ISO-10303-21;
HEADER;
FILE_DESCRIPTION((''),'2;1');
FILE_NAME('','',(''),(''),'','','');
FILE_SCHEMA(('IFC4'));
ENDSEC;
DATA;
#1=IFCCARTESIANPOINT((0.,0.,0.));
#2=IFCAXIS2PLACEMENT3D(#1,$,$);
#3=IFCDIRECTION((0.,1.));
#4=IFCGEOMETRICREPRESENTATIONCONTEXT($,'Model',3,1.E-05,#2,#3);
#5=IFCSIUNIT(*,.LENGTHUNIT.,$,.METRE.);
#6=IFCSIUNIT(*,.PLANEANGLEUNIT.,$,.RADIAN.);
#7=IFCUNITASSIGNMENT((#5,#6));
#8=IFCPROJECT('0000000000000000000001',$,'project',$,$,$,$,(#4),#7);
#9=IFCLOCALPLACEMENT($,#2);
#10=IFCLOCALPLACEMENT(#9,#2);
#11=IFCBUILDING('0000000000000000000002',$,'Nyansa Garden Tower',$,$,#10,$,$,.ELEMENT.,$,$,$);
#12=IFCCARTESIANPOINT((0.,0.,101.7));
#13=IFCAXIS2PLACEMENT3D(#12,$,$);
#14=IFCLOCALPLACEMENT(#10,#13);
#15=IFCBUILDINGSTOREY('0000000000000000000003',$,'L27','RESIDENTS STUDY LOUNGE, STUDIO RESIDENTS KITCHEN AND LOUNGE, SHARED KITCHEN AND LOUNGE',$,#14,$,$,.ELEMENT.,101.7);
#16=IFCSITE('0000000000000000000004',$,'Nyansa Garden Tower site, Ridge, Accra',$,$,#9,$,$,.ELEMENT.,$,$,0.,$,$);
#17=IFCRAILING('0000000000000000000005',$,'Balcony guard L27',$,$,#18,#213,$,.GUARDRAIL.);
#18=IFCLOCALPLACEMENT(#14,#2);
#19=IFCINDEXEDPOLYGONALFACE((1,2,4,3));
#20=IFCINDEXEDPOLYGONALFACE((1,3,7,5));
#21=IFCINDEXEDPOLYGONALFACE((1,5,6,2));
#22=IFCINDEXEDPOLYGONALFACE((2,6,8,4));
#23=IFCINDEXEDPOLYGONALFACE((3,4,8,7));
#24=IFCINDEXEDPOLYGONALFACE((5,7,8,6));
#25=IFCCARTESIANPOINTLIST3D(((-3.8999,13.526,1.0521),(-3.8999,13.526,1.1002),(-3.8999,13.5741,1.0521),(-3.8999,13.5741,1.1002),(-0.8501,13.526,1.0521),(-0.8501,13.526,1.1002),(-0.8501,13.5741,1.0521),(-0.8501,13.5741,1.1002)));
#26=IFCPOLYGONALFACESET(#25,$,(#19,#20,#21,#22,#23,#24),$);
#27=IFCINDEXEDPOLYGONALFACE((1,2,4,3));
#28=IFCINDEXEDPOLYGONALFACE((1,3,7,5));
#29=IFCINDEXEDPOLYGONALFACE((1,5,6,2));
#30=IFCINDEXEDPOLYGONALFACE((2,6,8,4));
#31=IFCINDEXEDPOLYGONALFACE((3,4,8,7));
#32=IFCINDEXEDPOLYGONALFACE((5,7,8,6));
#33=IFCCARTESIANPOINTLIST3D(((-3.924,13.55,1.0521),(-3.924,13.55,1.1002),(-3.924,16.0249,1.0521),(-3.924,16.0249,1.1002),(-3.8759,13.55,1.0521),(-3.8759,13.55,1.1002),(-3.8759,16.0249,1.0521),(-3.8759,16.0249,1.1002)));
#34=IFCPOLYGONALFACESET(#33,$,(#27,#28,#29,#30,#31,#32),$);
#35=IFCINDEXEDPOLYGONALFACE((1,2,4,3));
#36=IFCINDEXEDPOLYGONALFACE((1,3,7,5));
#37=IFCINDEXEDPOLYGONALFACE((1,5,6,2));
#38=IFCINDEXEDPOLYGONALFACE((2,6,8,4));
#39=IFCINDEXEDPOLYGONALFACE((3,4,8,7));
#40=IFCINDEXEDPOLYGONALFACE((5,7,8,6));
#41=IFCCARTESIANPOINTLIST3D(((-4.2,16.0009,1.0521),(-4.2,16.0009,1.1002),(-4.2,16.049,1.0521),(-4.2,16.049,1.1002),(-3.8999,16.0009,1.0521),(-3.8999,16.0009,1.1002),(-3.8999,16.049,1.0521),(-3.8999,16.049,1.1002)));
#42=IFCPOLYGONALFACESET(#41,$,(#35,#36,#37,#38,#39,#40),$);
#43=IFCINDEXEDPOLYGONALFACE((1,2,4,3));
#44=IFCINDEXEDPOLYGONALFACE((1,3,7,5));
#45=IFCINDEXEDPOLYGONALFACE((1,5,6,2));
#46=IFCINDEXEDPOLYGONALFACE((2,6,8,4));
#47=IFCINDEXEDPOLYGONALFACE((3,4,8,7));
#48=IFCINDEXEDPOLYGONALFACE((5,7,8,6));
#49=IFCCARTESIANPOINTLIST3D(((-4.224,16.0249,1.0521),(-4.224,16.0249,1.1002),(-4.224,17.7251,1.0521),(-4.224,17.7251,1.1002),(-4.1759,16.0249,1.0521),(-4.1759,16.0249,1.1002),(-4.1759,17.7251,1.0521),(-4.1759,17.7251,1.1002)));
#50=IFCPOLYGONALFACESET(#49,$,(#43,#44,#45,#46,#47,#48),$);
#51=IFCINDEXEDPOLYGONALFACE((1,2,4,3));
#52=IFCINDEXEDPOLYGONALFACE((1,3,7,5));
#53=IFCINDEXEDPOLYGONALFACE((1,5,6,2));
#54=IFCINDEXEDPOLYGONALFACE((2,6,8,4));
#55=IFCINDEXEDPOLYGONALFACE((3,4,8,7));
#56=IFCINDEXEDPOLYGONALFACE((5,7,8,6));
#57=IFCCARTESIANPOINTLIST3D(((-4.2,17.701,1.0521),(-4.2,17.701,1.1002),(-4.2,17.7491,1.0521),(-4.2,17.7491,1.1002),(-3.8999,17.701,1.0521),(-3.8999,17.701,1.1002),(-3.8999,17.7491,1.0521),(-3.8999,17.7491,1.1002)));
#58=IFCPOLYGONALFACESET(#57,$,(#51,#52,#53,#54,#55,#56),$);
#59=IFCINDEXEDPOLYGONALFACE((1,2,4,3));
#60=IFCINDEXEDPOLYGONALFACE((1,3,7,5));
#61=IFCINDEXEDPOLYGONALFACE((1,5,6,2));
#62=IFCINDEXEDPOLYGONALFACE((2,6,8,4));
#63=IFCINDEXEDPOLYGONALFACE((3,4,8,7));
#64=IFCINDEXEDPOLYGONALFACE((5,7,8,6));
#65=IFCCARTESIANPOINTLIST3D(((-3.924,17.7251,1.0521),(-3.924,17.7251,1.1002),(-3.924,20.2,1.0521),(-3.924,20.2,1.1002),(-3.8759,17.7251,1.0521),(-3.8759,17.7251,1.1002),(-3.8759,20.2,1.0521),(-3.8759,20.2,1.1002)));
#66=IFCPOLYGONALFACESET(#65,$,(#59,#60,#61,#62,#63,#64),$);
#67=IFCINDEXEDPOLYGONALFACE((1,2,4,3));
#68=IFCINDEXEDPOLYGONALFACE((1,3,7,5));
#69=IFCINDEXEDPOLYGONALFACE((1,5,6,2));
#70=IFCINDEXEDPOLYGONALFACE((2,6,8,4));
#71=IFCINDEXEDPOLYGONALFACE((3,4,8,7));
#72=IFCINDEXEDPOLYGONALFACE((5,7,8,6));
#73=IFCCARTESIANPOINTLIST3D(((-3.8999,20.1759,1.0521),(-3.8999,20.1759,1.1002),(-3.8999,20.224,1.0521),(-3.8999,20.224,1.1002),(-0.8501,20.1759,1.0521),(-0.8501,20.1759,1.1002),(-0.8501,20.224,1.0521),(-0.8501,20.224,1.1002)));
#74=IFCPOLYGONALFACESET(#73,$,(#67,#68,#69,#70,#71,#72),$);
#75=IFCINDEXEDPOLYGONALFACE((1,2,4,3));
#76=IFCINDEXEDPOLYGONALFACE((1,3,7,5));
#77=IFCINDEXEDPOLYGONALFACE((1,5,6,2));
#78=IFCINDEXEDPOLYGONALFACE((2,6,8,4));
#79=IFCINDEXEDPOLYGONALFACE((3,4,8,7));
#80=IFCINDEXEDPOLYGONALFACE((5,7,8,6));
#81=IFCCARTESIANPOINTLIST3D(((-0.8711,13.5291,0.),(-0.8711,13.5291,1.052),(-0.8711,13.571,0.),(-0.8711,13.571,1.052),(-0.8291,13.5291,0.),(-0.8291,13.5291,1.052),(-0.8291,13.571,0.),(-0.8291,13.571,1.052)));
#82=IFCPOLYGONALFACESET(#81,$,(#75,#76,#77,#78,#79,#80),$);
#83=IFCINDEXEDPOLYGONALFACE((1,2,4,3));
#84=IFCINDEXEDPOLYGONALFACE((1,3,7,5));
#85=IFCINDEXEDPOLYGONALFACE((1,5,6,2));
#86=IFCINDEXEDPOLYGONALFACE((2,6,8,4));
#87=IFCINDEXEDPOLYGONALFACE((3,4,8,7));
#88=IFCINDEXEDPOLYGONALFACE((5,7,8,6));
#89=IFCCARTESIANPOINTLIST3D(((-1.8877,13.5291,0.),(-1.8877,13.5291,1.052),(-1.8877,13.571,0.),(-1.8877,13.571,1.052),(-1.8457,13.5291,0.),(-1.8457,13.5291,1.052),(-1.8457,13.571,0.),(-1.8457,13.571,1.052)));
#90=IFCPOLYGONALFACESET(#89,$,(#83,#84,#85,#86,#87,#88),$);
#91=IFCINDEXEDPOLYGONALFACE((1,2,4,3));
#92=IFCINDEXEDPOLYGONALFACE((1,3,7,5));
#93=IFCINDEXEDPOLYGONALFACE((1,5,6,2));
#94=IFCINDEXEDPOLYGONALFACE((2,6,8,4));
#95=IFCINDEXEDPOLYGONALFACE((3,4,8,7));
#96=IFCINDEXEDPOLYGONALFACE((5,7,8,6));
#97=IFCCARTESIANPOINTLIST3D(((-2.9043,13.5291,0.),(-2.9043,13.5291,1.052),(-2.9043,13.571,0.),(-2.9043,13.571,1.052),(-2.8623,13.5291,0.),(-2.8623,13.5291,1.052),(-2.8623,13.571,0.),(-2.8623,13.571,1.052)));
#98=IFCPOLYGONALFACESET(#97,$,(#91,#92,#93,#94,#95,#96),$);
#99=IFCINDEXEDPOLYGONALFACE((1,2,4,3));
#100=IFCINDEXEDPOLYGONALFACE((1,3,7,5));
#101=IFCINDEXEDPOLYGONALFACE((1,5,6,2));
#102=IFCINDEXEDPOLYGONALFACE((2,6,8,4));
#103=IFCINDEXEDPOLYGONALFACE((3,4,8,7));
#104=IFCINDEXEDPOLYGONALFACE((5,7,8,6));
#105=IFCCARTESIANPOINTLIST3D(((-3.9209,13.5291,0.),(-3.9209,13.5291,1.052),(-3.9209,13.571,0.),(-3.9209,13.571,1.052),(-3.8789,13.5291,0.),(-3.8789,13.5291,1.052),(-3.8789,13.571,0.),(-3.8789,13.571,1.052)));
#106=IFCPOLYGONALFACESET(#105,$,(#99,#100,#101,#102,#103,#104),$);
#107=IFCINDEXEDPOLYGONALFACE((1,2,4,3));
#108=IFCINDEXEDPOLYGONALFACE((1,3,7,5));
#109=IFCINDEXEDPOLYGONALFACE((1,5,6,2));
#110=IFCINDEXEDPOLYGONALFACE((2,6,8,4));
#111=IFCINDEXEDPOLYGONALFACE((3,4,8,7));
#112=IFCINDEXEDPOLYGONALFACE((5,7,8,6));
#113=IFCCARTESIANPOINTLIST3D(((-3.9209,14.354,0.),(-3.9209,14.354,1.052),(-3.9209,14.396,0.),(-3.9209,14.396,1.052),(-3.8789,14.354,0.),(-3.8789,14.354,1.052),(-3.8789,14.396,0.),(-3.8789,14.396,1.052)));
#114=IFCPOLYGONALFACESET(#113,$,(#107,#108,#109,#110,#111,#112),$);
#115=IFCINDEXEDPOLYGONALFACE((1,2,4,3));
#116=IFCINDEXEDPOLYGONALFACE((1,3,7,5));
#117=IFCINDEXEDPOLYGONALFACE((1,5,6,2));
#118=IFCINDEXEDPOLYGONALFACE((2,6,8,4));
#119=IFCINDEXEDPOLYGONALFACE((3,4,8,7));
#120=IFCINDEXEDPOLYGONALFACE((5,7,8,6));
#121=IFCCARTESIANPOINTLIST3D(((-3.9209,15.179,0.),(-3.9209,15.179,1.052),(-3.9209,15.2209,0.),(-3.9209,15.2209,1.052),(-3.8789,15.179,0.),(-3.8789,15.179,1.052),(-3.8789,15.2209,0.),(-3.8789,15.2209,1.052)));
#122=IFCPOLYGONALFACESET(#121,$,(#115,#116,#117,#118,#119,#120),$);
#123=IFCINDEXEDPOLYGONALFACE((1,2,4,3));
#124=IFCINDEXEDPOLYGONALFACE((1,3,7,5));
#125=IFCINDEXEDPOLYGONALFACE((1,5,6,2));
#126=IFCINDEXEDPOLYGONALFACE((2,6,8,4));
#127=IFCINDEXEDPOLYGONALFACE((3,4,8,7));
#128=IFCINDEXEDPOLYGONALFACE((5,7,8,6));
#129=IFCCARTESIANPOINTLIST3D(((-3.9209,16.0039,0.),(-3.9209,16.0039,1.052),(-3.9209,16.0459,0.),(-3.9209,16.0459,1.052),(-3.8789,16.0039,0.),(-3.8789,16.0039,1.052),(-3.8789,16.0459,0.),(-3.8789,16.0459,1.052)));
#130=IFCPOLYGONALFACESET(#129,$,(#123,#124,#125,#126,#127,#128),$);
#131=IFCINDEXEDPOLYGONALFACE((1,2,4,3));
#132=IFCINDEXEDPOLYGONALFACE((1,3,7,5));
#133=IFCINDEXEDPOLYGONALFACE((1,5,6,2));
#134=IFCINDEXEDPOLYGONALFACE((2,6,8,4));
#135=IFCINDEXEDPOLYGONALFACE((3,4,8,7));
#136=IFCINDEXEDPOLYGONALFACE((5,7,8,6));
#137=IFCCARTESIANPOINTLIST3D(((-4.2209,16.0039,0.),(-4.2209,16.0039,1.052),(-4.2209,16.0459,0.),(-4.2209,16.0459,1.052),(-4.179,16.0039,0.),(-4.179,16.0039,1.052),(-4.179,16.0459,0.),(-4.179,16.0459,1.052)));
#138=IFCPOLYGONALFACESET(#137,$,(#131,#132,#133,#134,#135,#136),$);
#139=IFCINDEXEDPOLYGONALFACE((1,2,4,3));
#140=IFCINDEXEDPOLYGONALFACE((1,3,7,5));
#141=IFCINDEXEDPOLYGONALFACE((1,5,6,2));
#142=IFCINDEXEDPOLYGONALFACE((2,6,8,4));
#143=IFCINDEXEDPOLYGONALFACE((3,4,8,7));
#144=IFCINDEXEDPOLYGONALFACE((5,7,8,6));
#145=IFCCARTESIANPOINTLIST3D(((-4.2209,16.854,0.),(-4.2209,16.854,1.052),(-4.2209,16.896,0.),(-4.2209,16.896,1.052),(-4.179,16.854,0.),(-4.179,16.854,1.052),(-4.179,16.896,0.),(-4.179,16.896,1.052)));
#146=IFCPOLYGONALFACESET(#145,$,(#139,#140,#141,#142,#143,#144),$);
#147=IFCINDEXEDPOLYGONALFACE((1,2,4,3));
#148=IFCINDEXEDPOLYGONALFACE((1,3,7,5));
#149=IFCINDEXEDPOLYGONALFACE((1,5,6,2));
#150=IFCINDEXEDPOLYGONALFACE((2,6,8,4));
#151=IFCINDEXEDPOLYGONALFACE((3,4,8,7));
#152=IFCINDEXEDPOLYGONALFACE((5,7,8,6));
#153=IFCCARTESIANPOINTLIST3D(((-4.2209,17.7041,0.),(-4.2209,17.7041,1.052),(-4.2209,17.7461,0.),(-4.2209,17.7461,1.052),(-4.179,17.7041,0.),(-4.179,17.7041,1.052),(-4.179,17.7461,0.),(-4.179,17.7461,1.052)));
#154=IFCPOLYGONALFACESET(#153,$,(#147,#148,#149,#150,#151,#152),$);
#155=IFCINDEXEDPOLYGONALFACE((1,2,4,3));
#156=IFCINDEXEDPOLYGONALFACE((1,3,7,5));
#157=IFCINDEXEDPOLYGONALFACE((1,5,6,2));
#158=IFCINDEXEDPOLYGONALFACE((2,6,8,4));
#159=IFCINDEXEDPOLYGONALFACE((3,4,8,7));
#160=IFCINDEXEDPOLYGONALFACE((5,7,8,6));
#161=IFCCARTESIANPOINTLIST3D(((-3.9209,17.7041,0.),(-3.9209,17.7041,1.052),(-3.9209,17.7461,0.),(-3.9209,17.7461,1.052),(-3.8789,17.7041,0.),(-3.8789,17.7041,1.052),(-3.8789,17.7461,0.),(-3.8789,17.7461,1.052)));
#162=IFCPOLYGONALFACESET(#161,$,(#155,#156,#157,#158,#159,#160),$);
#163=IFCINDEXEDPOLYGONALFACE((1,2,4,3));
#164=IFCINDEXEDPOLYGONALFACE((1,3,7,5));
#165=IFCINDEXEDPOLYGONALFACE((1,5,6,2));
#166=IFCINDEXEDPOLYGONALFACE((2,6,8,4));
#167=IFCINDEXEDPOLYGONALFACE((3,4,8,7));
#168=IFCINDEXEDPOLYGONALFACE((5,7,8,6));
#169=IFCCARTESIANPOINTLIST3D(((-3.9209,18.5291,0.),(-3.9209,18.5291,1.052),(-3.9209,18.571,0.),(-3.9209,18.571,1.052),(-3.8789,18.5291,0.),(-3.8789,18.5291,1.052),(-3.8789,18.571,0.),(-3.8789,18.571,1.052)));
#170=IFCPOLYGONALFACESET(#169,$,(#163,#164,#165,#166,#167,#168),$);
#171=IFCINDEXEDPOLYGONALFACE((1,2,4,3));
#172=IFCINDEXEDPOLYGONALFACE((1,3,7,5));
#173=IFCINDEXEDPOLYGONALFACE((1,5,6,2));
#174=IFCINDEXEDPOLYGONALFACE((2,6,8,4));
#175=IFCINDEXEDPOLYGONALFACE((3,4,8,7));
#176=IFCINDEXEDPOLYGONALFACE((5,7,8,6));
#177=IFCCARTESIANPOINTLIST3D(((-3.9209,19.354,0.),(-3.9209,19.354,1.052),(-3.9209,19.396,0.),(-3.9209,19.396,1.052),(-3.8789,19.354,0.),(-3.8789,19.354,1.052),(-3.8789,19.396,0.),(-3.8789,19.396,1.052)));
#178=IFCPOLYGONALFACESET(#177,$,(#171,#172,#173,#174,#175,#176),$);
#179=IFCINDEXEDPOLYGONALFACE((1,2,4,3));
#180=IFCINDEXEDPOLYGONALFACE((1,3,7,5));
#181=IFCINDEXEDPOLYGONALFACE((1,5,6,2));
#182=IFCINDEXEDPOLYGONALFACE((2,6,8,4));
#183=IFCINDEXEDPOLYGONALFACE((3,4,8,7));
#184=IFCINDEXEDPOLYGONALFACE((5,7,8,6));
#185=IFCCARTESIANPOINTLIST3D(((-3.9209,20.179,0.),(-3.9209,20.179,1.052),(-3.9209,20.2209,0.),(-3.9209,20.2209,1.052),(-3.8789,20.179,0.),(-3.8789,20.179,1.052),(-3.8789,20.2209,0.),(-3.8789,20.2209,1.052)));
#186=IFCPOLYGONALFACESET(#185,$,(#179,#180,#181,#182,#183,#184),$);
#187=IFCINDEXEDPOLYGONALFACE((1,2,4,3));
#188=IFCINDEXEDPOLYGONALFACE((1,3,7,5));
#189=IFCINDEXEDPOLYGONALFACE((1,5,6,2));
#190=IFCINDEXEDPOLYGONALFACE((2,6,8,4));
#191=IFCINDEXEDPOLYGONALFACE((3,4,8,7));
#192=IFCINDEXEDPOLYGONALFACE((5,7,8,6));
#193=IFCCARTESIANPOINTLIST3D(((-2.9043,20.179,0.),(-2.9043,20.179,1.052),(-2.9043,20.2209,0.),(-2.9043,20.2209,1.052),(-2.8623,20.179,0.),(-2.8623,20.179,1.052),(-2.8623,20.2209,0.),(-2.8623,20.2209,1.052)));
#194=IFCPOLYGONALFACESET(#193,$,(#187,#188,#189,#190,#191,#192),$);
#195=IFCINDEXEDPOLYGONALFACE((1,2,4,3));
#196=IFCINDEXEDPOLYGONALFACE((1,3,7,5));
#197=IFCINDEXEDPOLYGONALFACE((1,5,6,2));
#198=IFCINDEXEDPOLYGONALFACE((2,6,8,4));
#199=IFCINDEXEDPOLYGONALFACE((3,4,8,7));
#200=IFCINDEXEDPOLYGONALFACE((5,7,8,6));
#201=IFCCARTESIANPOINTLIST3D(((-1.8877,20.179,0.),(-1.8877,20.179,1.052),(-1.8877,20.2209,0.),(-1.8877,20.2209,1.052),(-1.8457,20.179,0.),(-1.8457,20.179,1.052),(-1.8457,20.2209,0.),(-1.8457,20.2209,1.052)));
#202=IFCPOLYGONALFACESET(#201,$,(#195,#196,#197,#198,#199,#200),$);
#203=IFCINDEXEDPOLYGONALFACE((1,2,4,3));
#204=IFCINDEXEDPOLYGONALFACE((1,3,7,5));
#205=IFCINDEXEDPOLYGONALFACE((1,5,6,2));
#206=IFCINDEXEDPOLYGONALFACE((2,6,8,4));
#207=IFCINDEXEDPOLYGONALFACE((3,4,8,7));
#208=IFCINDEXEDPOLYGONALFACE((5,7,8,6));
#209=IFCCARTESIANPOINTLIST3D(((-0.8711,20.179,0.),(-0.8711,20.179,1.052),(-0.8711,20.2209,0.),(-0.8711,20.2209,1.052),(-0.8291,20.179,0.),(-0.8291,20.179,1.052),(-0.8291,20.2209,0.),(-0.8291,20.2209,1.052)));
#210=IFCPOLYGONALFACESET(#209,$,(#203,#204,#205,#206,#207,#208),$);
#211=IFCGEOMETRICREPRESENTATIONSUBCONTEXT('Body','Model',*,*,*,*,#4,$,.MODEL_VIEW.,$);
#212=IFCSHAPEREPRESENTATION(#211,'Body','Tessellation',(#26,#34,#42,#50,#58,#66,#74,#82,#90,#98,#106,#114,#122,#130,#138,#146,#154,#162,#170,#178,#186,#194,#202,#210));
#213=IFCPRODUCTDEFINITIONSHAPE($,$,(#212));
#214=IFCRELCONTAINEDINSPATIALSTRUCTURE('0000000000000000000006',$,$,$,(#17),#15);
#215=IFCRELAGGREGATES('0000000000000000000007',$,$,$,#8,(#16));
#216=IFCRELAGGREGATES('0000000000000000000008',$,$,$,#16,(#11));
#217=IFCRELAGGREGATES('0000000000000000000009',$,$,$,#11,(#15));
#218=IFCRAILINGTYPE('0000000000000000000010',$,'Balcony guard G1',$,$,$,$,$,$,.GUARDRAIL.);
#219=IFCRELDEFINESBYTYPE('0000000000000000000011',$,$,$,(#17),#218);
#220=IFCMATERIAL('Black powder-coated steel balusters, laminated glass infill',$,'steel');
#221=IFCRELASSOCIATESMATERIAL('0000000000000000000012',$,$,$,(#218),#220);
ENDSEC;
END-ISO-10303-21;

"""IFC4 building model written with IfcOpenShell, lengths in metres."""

from ifc_helpers import new_model, si_unit, direction, frame, origin, origin_2d, place, context, subcontext, project, spatial, rectangle, extrude, material, type_object, element, save


model = new_model("IFC4")

# Units and contexts
model_context = context("Model", 3, precision=1e-05, world=origin(), true_north=direction((0.0, 1.0)))
body_context = subcontext(model_context, "Body", "Model", "MODEL_VIEW")
ifc_project = project(units=[si_unit("LENGTHUNIT", "METRE"), si_unit("PLANEANGLEUNIT", "RADIAN")], contexts=[model_context])

# Site, building, storey
site_placement = place(None, origin())
site = spatial("IfcSite", under=ifc_project, at=site_placement, Name="Nyansa Garden Tower site, Ridge, Accra", CompositionType="ELEMENT", RefElevation=0.0)
building_placement = place(site_placement, origin())
building = spatial("IfcBuilding", under=site, at=building_placement, Name="Nyansa Garden Tower", CompositionType="ELEMENT")
storey_placement = place(building_placement, frame((0.0, 0.0, 101.7)))
storey = spatial("IfcBuildingStorey", under=building, at=storey_placement, Name="L27", Description="RESIDENTS STUDY LOUNGE, STUDIO RESIDENTS KITCHEN AND LOUNGE, SHARED KITCHEN AND LOUNGE", CompositionType="ELEMENT", Elevation=101.7)

# Railing
ifc_material_1 = material(Name="Black powder-coated steel balusters, laminated glass infill", Category="steel")
railing_type = type_object("IfcRailingType", Name="Balcony guard G1", PredefinedType="GUARDRAIL", material=ifc_material_1)
railing_placement = place(storey_placement, frame((-0.8501, 13.55, 0.0)))
element("IfcRailing", 1, at=railing_placement, inside=storey, type_object=railing_type, Name="Balcony guard L27", PredefinedType="GUARDRAIL", context=body_context, shape_type="SweptSolid", body=[
    extrude(rectangle(XDim=0.0481, YDim=0.0481, at=origin_2d()), frame((0.0, 0.0, 1.0762), z_axis=(-1.0, 0.0, 0.0), x_axis=(0.0, -1.0, 0.0)), (0.0, 0.0, 1.0), 3.0498),
    extrude(rectangle(XDim=0.0481, YDim=0.0481, at=origin_2d()), frame((-3.0498, 0.0, 1.0762), z_axis=(0.0, 1.0, 0.0), x_axis=(-1.0, 0.0, 0.0)), (0.0, 0.0, 1.0), 2.4749),
    extrude(rectangle(XDim=0.0481, YDim=0.0481, at=origin_2d()), frame((-3.0498, 2.4749, 1.0762), z_axis=(-1.0, 0.0, 0.0), x_axis=(0.0, -1.0, 0.0)), (0.0, 0.0, 1.0), 0.3),
    extrude(rectangle(XDim=0.0481, YDim=0.0481, at=origin_2d()), frame((-3.3499, 2.4749, 1.0762), z_axis=(0.0, 1.0, 0.0), x_axis=(-1.0, 0.0, 0.0)), (0.0, 0.0, 1.0), 1.7002),
    extrude(rectangle(XDim=0.0481, YDim=0.0481, at=origin_2d()), frame((-3.3499, 4.175, 1.0762), z_axis=(1.0, 0.0, 0.0), x_axis=(0.0, 1.0, 0.0)), (0.0, 0.0, 1.0), 0.3),
    extrude(rectangle(XDim=0.0481, YDim=0.0481, at=origin_2d()), frame((-3.0498, 4.175, 1.0762), z_axis=(0.0, 1.0, 0.0), x_axis=(-1.0, 0.0, 0.0)), (0.0, 0.0, 1.0), 2.4749),
    extrude(rectangle(XDim=0.0481, YDim=0.0481, at=origin_2d()), frame((-3.0498, 6.6499, 1.0762), z_axis=(1.0, 0.0, 0.0), x_axis=(0.0, 1.0, 0.0)), (0.0, 0.0, 1.0), 3.0498),
    extrude(rectangle(XDim=0.042, YDim=0.042, at=origin_2d()), origin(), (0.0, 0.0, 1.0), 1.052),
    extrude(rectangle(XDim=0.042, YDim=0.042, at=origin_2d()), frame((-1.0166, 0.0, 0.0)), (0.0, 0.0, 1.0), 1.052),
    extrude(rectangle(XDim=0.042, YDim=0.042, at=origin_2d()), frame((-2.0332, 0.0, 0.0)), (0.0, 0.0, 1.0), 1.052),
    extrude(rectangle(XDim=0.042, YDim=0.042, at=origin_2d()), frame((-3.0498, 0.0, 0.0)), (0.0, 0.0, 1.0), 1.052),
    extrude(rectangle(XDim=0.042, YDim=0.042, at=origin_2d()), frame((-3.0498, 0.825, 0.0)), (0.0, 0.0, 1.0), 1.052),
    extrude(rectangle(XDim=0.042, YDim=0.042, at=origin_2d()), frame((-3.0498, 1.6499, 0.0)), (0.0, 0.0, 1.0), 1.052),
    extrude(rectangle(XDim=0.042, YDim=0.042, at=origin_2d()), frame((-3.0498, 2.4749, 0.0)), (0.0, 0.0, 1.0), 1.052),
    extrude(rectangle(XDim=0.042, YDim=0.042, at=origin_2d()), frame((-3.3499, 2.4749, 0.0)), (0.0, 0.0, 1.0), 1.052),
    extrude(rectangle(XDim=0.042, YDim=0.042, at=origin_2d()), frame((-3.3499, 3.325, 0.0)), (0.0, 0.0, 1.0), 1.052),
    extrude(rectangle(XDim=0.042, YDim=0.042, at=origin_2d()), frame((-3.3499, 4.175, 0.0)), (0.0, 0.0, 1.0), 1.052),
    extrude(rectangle(XDim=0.042, YDim=0.042, at=origin_2d()), frame((-3.0498, 4.175, 0.0)), (0.0, 0.0, 1.0), 1.052),
    extrude(rectangle(XDim=0.042, YDim=0.042, at=origin_2d()), frame((-3.0498, 5.0, 0.0)), (0.0, 0.0, 1.0), 1.052),
    extrude(rectangle(XDim=0.042, YDim=0.042, at=origin_2d()), frame((-3.0498, 5.825, 0.0)), (0.0, 0.0, 1.0), 1.052),
    extrude(rectangle(XDim=0.042, YDim=0.042, at=origin_2d()), frame((-3.0498, 6.6499, 0.0)), (0.0, 0.0, 1.0), 1.052),
    extrude(rectangle(XDim=0.042, YDim=0.042, at=origin_2d()), frame((-2.0332, 6.6499, 0.0)), (0.0, 0.0, 1.0), 1.052),
    extrude(rectangle(XDim=0.042, YDim=0.042, at=origin_2d()), frame((-1.0166, 6.6499, 0.0)), (0.0, 0.0, 1.0), 1.052),
    extrude(rectangle(XDim=0.042, YDim=0.042, at=origin_2d()), frame((0.0, 6.6499, 0.0)), (0.0, 0.0, 1.0), 1.052),
])

save(model, "model.ifc")
